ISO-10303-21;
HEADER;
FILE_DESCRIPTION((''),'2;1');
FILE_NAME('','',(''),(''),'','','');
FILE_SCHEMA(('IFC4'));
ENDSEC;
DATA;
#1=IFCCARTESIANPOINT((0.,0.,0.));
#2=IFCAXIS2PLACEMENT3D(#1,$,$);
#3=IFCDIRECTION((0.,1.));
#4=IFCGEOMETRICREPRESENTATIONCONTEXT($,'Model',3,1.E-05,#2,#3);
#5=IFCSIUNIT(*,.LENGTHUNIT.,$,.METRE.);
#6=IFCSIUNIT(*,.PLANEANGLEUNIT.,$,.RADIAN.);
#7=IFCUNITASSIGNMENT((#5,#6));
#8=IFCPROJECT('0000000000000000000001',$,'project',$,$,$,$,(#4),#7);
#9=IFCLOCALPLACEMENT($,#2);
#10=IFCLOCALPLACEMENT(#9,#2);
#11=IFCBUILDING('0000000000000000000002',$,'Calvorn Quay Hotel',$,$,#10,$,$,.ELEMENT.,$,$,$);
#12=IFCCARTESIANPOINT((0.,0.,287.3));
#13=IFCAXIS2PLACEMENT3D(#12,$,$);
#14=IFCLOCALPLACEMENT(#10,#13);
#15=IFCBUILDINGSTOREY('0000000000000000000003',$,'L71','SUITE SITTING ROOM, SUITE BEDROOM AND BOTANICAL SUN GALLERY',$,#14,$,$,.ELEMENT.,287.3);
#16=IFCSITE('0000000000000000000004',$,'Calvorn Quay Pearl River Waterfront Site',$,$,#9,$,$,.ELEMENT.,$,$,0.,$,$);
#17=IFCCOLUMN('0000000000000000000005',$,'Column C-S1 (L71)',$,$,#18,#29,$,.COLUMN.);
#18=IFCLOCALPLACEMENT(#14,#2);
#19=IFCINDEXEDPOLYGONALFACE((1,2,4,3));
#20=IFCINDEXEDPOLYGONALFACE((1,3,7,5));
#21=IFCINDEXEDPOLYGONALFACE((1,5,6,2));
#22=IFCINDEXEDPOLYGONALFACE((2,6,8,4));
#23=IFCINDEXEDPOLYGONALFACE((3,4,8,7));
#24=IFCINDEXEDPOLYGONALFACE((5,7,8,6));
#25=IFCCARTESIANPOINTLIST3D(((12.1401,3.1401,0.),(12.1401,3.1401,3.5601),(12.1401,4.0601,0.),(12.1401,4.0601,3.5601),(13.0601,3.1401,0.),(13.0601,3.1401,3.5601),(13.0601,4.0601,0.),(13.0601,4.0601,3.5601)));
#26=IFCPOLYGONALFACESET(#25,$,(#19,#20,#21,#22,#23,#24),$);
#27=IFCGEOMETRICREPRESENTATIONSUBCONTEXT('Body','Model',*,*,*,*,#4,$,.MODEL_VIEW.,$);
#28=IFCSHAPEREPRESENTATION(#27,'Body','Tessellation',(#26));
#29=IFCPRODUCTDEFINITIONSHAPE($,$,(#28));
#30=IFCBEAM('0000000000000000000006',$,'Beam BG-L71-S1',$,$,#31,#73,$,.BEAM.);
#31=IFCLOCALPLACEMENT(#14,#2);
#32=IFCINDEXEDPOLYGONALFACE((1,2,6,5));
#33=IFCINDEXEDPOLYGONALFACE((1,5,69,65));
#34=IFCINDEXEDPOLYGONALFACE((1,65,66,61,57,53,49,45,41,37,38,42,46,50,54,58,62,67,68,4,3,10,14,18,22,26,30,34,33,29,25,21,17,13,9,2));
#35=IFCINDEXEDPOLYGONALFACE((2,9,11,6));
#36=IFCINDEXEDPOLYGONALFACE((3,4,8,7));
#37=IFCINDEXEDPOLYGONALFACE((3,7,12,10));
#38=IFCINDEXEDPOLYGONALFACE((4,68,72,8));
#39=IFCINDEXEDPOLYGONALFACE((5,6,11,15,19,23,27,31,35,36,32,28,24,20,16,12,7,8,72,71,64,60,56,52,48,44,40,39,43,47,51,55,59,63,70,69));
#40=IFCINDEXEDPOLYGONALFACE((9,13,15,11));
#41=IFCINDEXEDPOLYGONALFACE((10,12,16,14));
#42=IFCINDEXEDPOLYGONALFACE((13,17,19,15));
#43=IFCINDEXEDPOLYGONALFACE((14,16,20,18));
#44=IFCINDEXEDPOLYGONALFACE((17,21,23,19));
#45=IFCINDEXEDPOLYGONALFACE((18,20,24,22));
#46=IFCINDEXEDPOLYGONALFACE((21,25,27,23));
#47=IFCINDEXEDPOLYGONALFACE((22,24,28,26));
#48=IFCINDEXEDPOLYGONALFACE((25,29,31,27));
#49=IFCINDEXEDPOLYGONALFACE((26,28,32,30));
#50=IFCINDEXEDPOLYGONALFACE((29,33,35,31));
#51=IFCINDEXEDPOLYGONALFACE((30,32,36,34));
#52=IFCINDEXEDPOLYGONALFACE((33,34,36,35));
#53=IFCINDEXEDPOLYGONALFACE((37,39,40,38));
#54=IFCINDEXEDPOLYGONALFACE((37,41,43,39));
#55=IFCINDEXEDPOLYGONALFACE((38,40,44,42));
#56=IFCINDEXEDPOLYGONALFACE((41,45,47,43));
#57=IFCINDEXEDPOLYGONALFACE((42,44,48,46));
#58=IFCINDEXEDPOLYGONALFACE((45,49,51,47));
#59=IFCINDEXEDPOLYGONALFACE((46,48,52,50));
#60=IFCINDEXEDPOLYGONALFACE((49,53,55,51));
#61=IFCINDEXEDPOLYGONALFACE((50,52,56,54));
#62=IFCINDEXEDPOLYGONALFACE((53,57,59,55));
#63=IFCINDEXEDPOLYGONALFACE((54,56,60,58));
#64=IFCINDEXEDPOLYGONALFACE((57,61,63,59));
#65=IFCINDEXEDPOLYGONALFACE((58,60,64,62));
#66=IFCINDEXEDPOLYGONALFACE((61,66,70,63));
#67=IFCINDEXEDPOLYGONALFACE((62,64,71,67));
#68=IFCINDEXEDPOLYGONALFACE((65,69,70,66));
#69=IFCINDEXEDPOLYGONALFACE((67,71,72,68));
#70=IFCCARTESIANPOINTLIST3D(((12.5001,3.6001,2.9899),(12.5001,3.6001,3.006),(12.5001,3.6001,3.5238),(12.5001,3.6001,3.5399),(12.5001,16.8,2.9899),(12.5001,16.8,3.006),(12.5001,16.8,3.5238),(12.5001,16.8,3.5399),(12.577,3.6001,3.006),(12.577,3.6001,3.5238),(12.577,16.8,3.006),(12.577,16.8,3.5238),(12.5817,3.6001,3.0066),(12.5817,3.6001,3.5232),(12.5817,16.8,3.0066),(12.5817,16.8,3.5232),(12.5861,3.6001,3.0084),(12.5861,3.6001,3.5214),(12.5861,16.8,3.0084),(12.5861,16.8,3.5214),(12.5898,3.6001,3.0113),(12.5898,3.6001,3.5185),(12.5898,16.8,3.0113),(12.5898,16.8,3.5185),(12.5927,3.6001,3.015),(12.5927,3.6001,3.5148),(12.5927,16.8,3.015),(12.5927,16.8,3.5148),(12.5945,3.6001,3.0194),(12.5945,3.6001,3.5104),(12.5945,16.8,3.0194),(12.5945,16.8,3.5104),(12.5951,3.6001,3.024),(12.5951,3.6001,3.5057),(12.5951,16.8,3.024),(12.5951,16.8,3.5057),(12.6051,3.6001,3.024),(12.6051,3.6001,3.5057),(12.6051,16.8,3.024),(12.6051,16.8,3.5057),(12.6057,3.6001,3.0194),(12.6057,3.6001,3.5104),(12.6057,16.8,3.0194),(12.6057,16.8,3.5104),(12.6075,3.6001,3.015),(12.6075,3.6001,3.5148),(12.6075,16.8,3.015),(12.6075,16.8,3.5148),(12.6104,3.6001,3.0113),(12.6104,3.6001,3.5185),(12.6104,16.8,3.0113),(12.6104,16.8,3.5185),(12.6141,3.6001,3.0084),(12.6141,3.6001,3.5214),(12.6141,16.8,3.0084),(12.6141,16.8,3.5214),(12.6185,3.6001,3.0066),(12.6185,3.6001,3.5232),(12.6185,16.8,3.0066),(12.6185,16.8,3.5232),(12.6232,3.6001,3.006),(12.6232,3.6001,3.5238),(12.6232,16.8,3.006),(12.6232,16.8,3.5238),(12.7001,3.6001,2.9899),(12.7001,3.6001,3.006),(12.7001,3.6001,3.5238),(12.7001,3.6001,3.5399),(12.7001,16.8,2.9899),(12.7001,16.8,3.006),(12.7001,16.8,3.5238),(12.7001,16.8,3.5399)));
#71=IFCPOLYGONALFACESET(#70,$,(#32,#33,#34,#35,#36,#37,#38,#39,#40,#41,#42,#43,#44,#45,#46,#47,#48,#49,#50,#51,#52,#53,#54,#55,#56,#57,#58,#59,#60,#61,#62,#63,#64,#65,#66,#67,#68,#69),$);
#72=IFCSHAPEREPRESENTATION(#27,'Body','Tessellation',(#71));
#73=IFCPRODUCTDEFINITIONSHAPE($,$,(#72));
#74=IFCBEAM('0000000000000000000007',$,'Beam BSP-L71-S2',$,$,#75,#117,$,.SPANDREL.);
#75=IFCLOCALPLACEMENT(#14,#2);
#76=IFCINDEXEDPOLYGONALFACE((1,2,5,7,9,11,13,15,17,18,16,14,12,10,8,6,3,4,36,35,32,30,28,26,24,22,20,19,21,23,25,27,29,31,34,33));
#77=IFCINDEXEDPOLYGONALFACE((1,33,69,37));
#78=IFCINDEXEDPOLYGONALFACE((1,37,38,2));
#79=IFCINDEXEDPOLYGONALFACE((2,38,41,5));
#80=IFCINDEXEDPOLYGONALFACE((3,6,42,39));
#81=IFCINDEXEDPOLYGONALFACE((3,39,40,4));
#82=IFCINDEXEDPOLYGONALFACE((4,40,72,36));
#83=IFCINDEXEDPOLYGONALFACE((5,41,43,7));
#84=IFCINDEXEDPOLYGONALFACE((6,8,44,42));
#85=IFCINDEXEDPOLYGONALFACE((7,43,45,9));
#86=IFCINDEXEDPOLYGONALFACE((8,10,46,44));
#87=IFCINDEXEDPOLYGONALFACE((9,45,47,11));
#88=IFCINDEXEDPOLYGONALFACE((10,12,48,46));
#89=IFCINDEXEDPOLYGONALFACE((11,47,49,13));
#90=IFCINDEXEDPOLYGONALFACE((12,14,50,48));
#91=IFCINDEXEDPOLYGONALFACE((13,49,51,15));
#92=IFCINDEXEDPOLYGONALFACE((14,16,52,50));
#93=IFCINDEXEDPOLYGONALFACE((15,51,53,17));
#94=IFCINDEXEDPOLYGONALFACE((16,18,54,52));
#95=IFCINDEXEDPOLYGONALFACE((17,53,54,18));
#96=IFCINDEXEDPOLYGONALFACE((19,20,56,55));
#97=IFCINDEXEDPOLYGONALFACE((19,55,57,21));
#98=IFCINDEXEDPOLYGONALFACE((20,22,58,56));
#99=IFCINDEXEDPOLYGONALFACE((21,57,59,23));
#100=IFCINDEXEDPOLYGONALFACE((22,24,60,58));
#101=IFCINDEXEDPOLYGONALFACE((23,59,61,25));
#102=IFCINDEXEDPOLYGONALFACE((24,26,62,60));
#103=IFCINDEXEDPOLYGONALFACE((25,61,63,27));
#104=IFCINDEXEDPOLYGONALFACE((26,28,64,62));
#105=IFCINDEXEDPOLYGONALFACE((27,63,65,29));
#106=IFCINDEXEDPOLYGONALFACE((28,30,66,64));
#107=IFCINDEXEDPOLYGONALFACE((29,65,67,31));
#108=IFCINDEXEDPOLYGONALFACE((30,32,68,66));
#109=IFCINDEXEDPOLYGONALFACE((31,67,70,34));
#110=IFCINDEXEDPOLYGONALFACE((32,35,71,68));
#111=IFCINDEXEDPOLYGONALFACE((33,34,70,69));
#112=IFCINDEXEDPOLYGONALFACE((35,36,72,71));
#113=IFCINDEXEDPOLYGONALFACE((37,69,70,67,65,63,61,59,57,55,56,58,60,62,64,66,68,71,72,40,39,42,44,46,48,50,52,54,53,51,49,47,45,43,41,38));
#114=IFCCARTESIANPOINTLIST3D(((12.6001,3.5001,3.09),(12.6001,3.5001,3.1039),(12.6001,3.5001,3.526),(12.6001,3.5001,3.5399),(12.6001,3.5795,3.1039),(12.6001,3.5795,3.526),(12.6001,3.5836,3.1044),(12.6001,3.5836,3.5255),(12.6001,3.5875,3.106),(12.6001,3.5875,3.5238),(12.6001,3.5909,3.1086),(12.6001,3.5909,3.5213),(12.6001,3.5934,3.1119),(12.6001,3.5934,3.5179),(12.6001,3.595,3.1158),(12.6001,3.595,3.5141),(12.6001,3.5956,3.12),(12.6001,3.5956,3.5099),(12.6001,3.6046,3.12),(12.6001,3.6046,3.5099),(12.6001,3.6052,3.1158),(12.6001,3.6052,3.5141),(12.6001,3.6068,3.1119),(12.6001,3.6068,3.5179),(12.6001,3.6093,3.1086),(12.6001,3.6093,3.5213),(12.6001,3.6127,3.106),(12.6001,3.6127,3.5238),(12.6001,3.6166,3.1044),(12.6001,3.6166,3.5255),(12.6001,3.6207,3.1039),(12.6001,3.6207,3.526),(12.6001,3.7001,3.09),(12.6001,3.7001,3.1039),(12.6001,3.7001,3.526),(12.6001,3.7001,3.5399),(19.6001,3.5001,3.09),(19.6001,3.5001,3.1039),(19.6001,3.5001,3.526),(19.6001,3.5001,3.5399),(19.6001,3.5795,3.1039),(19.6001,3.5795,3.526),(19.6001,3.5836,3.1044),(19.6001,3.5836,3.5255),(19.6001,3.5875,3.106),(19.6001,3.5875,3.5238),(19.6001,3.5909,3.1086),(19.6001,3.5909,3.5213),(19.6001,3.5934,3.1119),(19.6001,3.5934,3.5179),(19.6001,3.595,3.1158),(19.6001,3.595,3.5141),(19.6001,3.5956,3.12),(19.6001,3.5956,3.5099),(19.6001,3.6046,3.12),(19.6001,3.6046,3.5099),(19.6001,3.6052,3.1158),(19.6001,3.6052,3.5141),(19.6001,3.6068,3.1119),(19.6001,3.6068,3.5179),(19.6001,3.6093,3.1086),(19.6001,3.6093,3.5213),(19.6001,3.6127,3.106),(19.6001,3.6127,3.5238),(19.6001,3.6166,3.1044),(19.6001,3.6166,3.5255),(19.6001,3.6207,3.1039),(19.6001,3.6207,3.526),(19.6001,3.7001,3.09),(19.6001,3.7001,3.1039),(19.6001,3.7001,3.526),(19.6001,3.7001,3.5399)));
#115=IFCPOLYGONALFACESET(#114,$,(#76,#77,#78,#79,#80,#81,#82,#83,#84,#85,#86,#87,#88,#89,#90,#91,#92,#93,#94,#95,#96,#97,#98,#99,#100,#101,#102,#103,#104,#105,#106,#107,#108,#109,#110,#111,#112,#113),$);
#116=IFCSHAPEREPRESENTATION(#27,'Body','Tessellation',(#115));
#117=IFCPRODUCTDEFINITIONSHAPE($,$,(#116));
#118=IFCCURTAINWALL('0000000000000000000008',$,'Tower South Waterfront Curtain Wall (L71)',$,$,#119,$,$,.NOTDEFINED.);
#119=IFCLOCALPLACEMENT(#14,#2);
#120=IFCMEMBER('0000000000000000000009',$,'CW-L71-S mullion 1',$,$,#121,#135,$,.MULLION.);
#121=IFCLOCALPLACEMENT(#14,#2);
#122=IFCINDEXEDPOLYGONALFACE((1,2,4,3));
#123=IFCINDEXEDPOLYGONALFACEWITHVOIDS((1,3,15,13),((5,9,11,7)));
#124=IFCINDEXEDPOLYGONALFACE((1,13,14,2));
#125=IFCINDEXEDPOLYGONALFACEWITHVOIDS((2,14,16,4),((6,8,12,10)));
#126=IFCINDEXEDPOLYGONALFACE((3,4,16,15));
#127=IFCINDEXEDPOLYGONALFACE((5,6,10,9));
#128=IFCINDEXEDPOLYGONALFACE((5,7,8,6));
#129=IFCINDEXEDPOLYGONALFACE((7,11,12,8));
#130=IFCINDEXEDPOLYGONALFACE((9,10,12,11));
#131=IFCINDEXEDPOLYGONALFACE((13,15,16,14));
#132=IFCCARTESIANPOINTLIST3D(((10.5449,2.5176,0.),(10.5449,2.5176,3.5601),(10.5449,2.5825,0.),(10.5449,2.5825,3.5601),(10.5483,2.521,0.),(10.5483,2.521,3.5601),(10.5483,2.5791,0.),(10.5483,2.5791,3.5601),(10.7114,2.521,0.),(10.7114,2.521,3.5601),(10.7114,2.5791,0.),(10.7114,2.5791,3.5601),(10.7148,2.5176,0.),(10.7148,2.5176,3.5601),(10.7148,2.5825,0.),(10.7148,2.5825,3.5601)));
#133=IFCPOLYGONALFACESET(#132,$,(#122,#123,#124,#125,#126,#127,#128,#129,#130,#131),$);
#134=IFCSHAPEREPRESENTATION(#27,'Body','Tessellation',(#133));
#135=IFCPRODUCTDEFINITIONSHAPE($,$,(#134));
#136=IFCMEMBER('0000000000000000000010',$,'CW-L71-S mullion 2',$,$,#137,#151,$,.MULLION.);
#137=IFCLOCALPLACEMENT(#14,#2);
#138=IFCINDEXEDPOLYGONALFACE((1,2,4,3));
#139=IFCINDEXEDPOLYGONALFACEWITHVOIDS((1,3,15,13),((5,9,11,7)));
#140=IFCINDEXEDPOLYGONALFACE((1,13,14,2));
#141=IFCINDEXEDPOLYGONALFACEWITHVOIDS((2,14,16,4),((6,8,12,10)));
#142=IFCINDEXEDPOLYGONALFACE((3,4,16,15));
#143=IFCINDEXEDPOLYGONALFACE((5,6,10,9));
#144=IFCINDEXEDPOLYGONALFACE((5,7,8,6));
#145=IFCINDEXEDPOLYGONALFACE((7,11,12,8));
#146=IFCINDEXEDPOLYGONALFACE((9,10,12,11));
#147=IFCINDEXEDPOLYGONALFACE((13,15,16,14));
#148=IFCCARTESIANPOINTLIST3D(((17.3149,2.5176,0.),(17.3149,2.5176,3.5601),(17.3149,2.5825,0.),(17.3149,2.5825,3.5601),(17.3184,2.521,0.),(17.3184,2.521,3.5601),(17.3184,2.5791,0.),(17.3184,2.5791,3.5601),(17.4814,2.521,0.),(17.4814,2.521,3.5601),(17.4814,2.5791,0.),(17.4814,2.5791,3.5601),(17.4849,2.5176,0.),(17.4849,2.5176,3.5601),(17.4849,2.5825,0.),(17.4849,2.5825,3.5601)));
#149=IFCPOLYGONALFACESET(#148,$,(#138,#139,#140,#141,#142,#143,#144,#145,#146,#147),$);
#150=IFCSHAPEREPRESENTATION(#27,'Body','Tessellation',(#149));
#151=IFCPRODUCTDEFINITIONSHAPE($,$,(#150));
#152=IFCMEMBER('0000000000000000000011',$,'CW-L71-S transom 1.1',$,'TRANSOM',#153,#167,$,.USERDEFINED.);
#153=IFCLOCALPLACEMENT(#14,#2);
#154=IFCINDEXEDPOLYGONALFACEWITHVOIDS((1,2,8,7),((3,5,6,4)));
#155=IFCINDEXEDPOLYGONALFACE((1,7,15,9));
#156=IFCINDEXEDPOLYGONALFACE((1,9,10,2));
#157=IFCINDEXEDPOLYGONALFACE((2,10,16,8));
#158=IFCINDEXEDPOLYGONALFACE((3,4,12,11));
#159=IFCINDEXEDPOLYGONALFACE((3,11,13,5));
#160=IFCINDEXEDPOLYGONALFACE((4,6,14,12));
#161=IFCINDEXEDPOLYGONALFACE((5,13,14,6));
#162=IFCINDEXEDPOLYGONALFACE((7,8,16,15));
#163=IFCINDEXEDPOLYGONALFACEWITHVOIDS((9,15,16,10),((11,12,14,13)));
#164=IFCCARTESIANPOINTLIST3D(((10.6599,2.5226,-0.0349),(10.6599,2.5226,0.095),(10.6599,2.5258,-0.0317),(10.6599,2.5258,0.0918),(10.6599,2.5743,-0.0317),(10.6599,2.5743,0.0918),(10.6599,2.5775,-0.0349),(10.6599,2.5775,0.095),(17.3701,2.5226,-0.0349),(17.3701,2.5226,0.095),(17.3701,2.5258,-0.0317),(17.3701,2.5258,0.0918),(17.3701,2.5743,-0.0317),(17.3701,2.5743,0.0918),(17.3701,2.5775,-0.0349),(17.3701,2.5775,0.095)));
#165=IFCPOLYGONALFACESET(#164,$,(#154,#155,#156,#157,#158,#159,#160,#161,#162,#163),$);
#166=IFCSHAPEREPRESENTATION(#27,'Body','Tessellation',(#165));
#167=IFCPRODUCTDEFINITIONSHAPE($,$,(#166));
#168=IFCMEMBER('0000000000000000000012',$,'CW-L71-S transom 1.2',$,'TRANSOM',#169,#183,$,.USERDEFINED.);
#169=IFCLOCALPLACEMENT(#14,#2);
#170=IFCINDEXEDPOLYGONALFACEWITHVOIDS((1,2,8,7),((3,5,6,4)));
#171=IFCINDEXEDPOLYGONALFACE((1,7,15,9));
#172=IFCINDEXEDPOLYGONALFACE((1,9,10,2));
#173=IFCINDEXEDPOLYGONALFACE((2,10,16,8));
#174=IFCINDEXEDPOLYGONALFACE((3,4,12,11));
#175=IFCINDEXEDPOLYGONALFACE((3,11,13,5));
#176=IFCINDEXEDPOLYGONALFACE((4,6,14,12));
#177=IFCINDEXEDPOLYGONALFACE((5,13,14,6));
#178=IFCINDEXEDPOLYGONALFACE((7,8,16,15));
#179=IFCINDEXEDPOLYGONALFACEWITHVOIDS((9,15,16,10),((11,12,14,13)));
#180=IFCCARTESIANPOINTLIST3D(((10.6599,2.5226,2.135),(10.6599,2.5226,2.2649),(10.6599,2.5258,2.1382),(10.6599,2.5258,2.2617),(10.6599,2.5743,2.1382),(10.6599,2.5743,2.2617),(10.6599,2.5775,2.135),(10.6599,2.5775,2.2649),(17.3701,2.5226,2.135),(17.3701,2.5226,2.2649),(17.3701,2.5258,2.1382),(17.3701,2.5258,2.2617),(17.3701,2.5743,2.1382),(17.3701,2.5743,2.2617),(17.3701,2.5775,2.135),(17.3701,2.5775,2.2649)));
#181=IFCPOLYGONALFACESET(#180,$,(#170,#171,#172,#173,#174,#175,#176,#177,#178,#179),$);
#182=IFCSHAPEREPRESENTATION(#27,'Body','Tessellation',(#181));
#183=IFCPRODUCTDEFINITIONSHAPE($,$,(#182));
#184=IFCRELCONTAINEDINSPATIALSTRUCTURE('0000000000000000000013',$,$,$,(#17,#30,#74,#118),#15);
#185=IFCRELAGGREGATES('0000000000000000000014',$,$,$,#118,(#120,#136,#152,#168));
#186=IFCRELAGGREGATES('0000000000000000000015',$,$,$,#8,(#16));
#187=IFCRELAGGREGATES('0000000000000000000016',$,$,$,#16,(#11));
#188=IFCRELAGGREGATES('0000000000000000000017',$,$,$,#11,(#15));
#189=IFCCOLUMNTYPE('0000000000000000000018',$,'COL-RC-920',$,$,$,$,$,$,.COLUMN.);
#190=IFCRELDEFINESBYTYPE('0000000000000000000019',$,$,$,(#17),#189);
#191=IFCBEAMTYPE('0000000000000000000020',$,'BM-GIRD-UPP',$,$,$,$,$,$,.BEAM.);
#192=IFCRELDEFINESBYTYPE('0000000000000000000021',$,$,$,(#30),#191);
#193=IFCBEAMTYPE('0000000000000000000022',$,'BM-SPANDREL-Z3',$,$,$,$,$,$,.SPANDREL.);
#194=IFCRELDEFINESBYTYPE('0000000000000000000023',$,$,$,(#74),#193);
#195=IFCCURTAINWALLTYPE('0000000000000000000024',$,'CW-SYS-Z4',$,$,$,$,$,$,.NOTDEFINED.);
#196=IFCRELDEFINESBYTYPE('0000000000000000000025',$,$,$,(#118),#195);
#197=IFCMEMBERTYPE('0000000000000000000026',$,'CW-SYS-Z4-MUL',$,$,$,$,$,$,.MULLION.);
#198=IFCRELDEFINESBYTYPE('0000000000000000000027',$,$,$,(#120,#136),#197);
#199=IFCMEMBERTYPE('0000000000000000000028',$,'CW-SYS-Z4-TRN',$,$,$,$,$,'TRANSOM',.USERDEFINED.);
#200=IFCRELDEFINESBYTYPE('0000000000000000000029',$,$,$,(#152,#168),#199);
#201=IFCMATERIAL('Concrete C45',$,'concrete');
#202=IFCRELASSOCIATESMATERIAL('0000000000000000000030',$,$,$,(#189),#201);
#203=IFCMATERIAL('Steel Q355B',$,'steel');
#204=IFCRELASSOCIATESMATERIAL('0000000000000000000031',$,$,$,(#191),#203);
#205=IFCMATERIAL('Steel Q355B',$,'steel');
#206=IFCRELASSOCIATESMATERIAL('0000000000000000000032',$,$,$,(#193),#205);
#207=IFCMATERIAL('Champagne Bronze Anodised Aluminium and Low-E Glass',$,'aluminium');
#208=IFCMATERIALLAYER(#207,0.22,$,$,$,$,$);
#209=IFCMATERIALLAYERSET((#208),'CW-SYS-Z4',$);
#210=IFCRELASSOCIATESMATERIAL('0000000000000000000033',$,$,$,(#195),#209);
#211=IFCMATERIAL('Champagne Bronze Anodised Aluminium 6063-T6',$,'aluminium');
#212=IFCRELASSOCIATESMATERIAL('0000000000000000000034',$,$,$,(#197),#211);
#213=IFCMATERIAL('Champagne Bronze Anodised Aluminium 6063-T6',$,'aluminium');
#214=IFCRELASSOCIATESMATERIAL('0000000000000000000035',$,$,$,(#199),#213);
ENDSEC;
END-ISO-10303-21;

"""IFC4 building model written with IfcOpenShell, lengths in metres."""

from ifc_helpers import new_model, si_unit, direction, frame, origin, origin_2d, place, context, subcontext, project, spatial, rectangle, hollow_rectangle, i_section, extrude, material, layer, layer_set, material_profile, profile_set, type_object, element, aggregate, save


model = new_model("IFC4")

# Units and contexts
model_context = context("Model", 3, precision=1e-05, world=origin(), true_north=direction((0.0, 1.0)))
body_context = subcontext(model_context, "Body", "Model", "MODEL_VIEW")
ifc_project = project(units=[si_unit("LENGTHUNIT", "METRE"), si_unit("PLANEANGLEUNIT", "RADIAN")], contexts=[model_context])

# Site, building, storey
site_placement = place(None, origin())
site = spatial("IfcSite", under=ifc_project, at=site_placement, Name="Calvorn Quay Pearl River Waterfront Site", CompositionType="ELEMENT", RefElevation=0.0)
building_placement = place(site_placement, origin())
building = spatial("IfcBuilding", under=site, at=building_placement, Name="Calvorn Quay Hotel", CompositionType="ELEMENT")
storey_placement = place(building_placement, frame((0.0, 0.0, 287.3)))
storey = spatial("IfcBuildingStorey", under=building, at=storey_placement, Name="L71", Description="SUITE SITTING ROOM, SUITE BEDROOM AND BOTANICAL SUN GALLERY", CompositionType="ELEMENT", Elevation=287.3)

# Column
ifc_material_1 = material(Name="Concrete C45", Category="concrete")
ifc_material_profile_1 = material_profile(ifc_material_1, rectangle(XDim=0.9199, YDim=0.9199, at=origin_2d()), Name="RC920x920")
ifc_profile_set_1 = profile_set([ifc_material_profile_1], Name="Concrete C45")
column_type = type_object("IfcColumnType", Name="COL-RC-920", PredefinedType="COLUMN", material=ifc_profile_set_1)
column_placement = place(storey_placement, frame((12.6001, 3.6001, 0.0), z_axis=(0.0, 0.0, 1.0), x_axis=(1.0, 0.0, 0.0)))
element("IfcColumn", 1, at=column_placement, inside=storey, type_object=column_type, Name="Column C-S1 (L71)", PredefinedType="COLUMN", context=body_context, shape_type="SweptSolid", body=[
    extrude(rectangle(XDim=0.9199, YDim=0.9199, at=origin_2d()), origin(), (0.0, 0.0, 1.0), 3.5601),
])

# Beams
ifc_material_2 = material(Name="Steel Q355B", Category="steel")
ifc_material_profile_2 = material_profile(ifc_material_2, i_section(OverallWidth=0.2, OverallDepth=0.55, WebThickness=0.01, FlangeThickness=0.0161, FilletRadius=0.0181, at=origin_2d()), Name="HN550x200x10x16")
ifc_profile_set_2 = profile_set([ifc_material_profile_2], Name="Steel Q355B")
beam_type_1 = type_object("IfcBeamType", Name="BM-GIRD-UPP", PredefinedType="BEAM", material=ifc_profile_set_2)
beam_1_placement = place(storey_placement, frame((12.6001, 3.6001, 3.2649), z_axis=(0.0, 1.0, 0.0), x_axis=(-1.0, 0.0, 0.0)))
element("IfcBeam", 2, at=beam_1_placement, inside=storey, type_object=beam_type_1, Name="Beam BG-L71-S1", PredefinedType="BEAM", context=body_context, shape_type="SweptSolid", body=[
    extrude(i_section(OverallWidth=0.2, OverallDepth=0.55, WebThickness=0.01, FlangeThickness=0.0161, FilletRadius=0.0181, at=origin_2d()), origin(), (0.0, 0.0, 1.0), 13.2),
])
ifc_material_3 = material(Name="Steel Q355B", Category="steel")
ifc_material_profile_3 = material_profile(ifc_material_3, i_section(OverallWidth=0.2, OverallDepth=0.45, WebThickness=0.009, FlangeThickness=0.0139, FilletRadius=0.0161, at=origin_2d()), Name="HN450x200x9x14")
ifc_profile_set_3 = profile_set([ifc_material_profile_3], Name="Steel Q355B")
beam_type_2 = type_object("IfcBeamType", Name="BM-SPANDREL-Z3", PredefinedType="SPANDREL", material=ifc_profile_set_3)
beam_2_placement = place(storey_placement, frame((12.6001, 3.6001, 3.3149), z_axis=(1.0, 0.0, 0.0), x_axis=(0.0, 1.0, 0.0)))
element("IfcBeam", 3, at=beam_2_placement, inside=storey, type_object=beam_type_2, Name="Beam BSP-L71-S2", PredefinedType="SPANDREL", context=body_context, shape_type="SweptSolid", body=[
    extrude(i_section(OverallWidth=0.2, OverallDepth=0.45, WebThickness=0.009, FlangeThickness=0.0139, FilletRadius=0.0161, at=origin_2d()), origin(), (0.0, 0.0, 1.0), 7.0),
])

# Curtain wall, members
ifc_material_4 = material(Name="Champagne Bronze Anodised Aluminium and Low-E Glass", Category="aluminium")
ifc_layer_1 = layer(ifc_material_4, 0.22)
ifc_layer_set_1 = layer_set([ifc_layer_1], Name="CW-SYS-Z4")
curtain_wall_type = type_object("IfcCurtainWallType", Name="CW-SYS-Z4", PredefinedType="NOTDEFINED", material=ifc_layer_set_1)
curtain_wall_placement = place(storey_placement, origin())
curtain_wall = element("IfcCurtainWall", 4, at=curtain_wall_placement, inside=storey, type_object=curtain_wall_type, Name="Tower South Waterfront Curtain Wall (L71)", PredefinedType="NOTDEFINED")
ifc_material_5 = material(Name="Champagne Bronze Anodised Aluminium 6063-T6", Category="aluminium")
ifc_material_profile_4 = material_profile(ifc_material_5, hollow_rectangle(XDim=0.0649, YDim=0.1699, WallThickness=0.0034, at=origin_2d()), Name="ALU-M170x65x3.5")
ifc_profile_set_4 = profile_set([ifc_material_profile_4], Name="Champagne Bronze Anodised Aluminium 6063-T6")
member_type_1 = type_object("IfcMemberType", Name="CW-SYS-Z4-MUL", PredefinedType="MULLION", material=ifc_profile_set_4)
member_1_placement = place(storey_placement, frame((10.6299, 2.55, 0.0), z_axis=(0.0, 0.0, 1.0), x_axis=(0.0, 1.0, 0.0)))
member_1 = element("IfcMember", 5, at=member_1_placement, type_object=member_type_1, Name="CW-L71-S mullion 1", PredefinedType="MULLION", context=body_context, shape_type="SweptSolid", body=[
    extrude(hollow_rectangle(XDim=0.0649, YDim=0.1699, WallThickness=0.0034, at=origin_2d()), origin(), (0.0, 0.0, 1.0), 3.5601),
])
member_2_placement = place(storey_placement, frame((17.3999, 2.55, 0.0), z_axis=(0.0, 0.0, 1.0), x_axis=(0.0, 1.0, 0.0)))
member_2 = element("IfcMember", 6, at=member_2_placement, type_object=member_type_1, Name="CW-L71-S mullion 2", PredefinedType="MULLION", context=body_context, shape_type="SweptSolid", body=[
    extrude(hollow_rectangle(XDim=0.0649, YDim=0.1699, WallThickness=0.0034, at=origin_2d()), origin(), (0.0, 0.0, 1.0), 3.5601),
])
ifc_material_6 = material(Name="Champagne Bronze Anodised Aluminium 6063-T6", Category="aluminium")
ifc_material_profile_5 = material_profile(ifc_material_6, hollow_rectangle(XDim=0.0549, YDim=0.1299, WallThickness=0.0032, at=origin_2d()), Name="ALU-T130x55x3.2")
ifc_profile_set_5 = profile_set([ifc_material_profile_5], Name="Champagne Bronze Anodised Aluminium 6063-T6")
member_type_2 = type_object("IfcMemberType", Name="CW-SYS-Z4-TRN", ElementType="TRANSOM", PredefinedType="USERDEFINED", material=ifc_profile_set_5)
member_3_placement = place(storey_placement, frame((10.6599, 2.55, 0.03), z_axis=(1.0, 0.0, 0.0), x_axis=(0.0, 1.0, 0.0)))
member_3 = element("IfcMember", 7, at=member_3_placement, type_object=member_type_2, Name="CW-L71-S transom 1.1", ObjectType="TRANSOM", PredefinedType="USERDEFINED", context=body_context, shape_type="SweptSolid", body=[
    extrude(hollow_rectangle(XDim=0.0549, YDim=0.1299, WallThickness=0.0032, at=origin_2d()), origin(), (0.0, 0.0, 1.0), 6.7102),
])
member_4_placement = place(storey_placement, frame((10.6599, 2.55, 2.2), z_axis=(1.0, 0.0, 0.0), x_axis=(0.0, 1.0, 0.0)))
member_4 = element("IfcMember", 8, at=member_4_placement, type_object=member_type_2, Name="CW-L71-S transom 1.2", ObjectType="TRANSOM", PredefinedType="USERDEFINED", context=body_context, shape_type="SweptSolid", body=[
    extrude(hollow_rectangle(XDim=0.0549, YDim=0.1299, WallThickness=0.0032, at=origin_2d()), origin(), (0.0, 0.0, 1.0), 6.7102),
])
aggregate(curtain_wall, [member_1, member_2, member_3, member_4])

save(model, "model.ifc")
